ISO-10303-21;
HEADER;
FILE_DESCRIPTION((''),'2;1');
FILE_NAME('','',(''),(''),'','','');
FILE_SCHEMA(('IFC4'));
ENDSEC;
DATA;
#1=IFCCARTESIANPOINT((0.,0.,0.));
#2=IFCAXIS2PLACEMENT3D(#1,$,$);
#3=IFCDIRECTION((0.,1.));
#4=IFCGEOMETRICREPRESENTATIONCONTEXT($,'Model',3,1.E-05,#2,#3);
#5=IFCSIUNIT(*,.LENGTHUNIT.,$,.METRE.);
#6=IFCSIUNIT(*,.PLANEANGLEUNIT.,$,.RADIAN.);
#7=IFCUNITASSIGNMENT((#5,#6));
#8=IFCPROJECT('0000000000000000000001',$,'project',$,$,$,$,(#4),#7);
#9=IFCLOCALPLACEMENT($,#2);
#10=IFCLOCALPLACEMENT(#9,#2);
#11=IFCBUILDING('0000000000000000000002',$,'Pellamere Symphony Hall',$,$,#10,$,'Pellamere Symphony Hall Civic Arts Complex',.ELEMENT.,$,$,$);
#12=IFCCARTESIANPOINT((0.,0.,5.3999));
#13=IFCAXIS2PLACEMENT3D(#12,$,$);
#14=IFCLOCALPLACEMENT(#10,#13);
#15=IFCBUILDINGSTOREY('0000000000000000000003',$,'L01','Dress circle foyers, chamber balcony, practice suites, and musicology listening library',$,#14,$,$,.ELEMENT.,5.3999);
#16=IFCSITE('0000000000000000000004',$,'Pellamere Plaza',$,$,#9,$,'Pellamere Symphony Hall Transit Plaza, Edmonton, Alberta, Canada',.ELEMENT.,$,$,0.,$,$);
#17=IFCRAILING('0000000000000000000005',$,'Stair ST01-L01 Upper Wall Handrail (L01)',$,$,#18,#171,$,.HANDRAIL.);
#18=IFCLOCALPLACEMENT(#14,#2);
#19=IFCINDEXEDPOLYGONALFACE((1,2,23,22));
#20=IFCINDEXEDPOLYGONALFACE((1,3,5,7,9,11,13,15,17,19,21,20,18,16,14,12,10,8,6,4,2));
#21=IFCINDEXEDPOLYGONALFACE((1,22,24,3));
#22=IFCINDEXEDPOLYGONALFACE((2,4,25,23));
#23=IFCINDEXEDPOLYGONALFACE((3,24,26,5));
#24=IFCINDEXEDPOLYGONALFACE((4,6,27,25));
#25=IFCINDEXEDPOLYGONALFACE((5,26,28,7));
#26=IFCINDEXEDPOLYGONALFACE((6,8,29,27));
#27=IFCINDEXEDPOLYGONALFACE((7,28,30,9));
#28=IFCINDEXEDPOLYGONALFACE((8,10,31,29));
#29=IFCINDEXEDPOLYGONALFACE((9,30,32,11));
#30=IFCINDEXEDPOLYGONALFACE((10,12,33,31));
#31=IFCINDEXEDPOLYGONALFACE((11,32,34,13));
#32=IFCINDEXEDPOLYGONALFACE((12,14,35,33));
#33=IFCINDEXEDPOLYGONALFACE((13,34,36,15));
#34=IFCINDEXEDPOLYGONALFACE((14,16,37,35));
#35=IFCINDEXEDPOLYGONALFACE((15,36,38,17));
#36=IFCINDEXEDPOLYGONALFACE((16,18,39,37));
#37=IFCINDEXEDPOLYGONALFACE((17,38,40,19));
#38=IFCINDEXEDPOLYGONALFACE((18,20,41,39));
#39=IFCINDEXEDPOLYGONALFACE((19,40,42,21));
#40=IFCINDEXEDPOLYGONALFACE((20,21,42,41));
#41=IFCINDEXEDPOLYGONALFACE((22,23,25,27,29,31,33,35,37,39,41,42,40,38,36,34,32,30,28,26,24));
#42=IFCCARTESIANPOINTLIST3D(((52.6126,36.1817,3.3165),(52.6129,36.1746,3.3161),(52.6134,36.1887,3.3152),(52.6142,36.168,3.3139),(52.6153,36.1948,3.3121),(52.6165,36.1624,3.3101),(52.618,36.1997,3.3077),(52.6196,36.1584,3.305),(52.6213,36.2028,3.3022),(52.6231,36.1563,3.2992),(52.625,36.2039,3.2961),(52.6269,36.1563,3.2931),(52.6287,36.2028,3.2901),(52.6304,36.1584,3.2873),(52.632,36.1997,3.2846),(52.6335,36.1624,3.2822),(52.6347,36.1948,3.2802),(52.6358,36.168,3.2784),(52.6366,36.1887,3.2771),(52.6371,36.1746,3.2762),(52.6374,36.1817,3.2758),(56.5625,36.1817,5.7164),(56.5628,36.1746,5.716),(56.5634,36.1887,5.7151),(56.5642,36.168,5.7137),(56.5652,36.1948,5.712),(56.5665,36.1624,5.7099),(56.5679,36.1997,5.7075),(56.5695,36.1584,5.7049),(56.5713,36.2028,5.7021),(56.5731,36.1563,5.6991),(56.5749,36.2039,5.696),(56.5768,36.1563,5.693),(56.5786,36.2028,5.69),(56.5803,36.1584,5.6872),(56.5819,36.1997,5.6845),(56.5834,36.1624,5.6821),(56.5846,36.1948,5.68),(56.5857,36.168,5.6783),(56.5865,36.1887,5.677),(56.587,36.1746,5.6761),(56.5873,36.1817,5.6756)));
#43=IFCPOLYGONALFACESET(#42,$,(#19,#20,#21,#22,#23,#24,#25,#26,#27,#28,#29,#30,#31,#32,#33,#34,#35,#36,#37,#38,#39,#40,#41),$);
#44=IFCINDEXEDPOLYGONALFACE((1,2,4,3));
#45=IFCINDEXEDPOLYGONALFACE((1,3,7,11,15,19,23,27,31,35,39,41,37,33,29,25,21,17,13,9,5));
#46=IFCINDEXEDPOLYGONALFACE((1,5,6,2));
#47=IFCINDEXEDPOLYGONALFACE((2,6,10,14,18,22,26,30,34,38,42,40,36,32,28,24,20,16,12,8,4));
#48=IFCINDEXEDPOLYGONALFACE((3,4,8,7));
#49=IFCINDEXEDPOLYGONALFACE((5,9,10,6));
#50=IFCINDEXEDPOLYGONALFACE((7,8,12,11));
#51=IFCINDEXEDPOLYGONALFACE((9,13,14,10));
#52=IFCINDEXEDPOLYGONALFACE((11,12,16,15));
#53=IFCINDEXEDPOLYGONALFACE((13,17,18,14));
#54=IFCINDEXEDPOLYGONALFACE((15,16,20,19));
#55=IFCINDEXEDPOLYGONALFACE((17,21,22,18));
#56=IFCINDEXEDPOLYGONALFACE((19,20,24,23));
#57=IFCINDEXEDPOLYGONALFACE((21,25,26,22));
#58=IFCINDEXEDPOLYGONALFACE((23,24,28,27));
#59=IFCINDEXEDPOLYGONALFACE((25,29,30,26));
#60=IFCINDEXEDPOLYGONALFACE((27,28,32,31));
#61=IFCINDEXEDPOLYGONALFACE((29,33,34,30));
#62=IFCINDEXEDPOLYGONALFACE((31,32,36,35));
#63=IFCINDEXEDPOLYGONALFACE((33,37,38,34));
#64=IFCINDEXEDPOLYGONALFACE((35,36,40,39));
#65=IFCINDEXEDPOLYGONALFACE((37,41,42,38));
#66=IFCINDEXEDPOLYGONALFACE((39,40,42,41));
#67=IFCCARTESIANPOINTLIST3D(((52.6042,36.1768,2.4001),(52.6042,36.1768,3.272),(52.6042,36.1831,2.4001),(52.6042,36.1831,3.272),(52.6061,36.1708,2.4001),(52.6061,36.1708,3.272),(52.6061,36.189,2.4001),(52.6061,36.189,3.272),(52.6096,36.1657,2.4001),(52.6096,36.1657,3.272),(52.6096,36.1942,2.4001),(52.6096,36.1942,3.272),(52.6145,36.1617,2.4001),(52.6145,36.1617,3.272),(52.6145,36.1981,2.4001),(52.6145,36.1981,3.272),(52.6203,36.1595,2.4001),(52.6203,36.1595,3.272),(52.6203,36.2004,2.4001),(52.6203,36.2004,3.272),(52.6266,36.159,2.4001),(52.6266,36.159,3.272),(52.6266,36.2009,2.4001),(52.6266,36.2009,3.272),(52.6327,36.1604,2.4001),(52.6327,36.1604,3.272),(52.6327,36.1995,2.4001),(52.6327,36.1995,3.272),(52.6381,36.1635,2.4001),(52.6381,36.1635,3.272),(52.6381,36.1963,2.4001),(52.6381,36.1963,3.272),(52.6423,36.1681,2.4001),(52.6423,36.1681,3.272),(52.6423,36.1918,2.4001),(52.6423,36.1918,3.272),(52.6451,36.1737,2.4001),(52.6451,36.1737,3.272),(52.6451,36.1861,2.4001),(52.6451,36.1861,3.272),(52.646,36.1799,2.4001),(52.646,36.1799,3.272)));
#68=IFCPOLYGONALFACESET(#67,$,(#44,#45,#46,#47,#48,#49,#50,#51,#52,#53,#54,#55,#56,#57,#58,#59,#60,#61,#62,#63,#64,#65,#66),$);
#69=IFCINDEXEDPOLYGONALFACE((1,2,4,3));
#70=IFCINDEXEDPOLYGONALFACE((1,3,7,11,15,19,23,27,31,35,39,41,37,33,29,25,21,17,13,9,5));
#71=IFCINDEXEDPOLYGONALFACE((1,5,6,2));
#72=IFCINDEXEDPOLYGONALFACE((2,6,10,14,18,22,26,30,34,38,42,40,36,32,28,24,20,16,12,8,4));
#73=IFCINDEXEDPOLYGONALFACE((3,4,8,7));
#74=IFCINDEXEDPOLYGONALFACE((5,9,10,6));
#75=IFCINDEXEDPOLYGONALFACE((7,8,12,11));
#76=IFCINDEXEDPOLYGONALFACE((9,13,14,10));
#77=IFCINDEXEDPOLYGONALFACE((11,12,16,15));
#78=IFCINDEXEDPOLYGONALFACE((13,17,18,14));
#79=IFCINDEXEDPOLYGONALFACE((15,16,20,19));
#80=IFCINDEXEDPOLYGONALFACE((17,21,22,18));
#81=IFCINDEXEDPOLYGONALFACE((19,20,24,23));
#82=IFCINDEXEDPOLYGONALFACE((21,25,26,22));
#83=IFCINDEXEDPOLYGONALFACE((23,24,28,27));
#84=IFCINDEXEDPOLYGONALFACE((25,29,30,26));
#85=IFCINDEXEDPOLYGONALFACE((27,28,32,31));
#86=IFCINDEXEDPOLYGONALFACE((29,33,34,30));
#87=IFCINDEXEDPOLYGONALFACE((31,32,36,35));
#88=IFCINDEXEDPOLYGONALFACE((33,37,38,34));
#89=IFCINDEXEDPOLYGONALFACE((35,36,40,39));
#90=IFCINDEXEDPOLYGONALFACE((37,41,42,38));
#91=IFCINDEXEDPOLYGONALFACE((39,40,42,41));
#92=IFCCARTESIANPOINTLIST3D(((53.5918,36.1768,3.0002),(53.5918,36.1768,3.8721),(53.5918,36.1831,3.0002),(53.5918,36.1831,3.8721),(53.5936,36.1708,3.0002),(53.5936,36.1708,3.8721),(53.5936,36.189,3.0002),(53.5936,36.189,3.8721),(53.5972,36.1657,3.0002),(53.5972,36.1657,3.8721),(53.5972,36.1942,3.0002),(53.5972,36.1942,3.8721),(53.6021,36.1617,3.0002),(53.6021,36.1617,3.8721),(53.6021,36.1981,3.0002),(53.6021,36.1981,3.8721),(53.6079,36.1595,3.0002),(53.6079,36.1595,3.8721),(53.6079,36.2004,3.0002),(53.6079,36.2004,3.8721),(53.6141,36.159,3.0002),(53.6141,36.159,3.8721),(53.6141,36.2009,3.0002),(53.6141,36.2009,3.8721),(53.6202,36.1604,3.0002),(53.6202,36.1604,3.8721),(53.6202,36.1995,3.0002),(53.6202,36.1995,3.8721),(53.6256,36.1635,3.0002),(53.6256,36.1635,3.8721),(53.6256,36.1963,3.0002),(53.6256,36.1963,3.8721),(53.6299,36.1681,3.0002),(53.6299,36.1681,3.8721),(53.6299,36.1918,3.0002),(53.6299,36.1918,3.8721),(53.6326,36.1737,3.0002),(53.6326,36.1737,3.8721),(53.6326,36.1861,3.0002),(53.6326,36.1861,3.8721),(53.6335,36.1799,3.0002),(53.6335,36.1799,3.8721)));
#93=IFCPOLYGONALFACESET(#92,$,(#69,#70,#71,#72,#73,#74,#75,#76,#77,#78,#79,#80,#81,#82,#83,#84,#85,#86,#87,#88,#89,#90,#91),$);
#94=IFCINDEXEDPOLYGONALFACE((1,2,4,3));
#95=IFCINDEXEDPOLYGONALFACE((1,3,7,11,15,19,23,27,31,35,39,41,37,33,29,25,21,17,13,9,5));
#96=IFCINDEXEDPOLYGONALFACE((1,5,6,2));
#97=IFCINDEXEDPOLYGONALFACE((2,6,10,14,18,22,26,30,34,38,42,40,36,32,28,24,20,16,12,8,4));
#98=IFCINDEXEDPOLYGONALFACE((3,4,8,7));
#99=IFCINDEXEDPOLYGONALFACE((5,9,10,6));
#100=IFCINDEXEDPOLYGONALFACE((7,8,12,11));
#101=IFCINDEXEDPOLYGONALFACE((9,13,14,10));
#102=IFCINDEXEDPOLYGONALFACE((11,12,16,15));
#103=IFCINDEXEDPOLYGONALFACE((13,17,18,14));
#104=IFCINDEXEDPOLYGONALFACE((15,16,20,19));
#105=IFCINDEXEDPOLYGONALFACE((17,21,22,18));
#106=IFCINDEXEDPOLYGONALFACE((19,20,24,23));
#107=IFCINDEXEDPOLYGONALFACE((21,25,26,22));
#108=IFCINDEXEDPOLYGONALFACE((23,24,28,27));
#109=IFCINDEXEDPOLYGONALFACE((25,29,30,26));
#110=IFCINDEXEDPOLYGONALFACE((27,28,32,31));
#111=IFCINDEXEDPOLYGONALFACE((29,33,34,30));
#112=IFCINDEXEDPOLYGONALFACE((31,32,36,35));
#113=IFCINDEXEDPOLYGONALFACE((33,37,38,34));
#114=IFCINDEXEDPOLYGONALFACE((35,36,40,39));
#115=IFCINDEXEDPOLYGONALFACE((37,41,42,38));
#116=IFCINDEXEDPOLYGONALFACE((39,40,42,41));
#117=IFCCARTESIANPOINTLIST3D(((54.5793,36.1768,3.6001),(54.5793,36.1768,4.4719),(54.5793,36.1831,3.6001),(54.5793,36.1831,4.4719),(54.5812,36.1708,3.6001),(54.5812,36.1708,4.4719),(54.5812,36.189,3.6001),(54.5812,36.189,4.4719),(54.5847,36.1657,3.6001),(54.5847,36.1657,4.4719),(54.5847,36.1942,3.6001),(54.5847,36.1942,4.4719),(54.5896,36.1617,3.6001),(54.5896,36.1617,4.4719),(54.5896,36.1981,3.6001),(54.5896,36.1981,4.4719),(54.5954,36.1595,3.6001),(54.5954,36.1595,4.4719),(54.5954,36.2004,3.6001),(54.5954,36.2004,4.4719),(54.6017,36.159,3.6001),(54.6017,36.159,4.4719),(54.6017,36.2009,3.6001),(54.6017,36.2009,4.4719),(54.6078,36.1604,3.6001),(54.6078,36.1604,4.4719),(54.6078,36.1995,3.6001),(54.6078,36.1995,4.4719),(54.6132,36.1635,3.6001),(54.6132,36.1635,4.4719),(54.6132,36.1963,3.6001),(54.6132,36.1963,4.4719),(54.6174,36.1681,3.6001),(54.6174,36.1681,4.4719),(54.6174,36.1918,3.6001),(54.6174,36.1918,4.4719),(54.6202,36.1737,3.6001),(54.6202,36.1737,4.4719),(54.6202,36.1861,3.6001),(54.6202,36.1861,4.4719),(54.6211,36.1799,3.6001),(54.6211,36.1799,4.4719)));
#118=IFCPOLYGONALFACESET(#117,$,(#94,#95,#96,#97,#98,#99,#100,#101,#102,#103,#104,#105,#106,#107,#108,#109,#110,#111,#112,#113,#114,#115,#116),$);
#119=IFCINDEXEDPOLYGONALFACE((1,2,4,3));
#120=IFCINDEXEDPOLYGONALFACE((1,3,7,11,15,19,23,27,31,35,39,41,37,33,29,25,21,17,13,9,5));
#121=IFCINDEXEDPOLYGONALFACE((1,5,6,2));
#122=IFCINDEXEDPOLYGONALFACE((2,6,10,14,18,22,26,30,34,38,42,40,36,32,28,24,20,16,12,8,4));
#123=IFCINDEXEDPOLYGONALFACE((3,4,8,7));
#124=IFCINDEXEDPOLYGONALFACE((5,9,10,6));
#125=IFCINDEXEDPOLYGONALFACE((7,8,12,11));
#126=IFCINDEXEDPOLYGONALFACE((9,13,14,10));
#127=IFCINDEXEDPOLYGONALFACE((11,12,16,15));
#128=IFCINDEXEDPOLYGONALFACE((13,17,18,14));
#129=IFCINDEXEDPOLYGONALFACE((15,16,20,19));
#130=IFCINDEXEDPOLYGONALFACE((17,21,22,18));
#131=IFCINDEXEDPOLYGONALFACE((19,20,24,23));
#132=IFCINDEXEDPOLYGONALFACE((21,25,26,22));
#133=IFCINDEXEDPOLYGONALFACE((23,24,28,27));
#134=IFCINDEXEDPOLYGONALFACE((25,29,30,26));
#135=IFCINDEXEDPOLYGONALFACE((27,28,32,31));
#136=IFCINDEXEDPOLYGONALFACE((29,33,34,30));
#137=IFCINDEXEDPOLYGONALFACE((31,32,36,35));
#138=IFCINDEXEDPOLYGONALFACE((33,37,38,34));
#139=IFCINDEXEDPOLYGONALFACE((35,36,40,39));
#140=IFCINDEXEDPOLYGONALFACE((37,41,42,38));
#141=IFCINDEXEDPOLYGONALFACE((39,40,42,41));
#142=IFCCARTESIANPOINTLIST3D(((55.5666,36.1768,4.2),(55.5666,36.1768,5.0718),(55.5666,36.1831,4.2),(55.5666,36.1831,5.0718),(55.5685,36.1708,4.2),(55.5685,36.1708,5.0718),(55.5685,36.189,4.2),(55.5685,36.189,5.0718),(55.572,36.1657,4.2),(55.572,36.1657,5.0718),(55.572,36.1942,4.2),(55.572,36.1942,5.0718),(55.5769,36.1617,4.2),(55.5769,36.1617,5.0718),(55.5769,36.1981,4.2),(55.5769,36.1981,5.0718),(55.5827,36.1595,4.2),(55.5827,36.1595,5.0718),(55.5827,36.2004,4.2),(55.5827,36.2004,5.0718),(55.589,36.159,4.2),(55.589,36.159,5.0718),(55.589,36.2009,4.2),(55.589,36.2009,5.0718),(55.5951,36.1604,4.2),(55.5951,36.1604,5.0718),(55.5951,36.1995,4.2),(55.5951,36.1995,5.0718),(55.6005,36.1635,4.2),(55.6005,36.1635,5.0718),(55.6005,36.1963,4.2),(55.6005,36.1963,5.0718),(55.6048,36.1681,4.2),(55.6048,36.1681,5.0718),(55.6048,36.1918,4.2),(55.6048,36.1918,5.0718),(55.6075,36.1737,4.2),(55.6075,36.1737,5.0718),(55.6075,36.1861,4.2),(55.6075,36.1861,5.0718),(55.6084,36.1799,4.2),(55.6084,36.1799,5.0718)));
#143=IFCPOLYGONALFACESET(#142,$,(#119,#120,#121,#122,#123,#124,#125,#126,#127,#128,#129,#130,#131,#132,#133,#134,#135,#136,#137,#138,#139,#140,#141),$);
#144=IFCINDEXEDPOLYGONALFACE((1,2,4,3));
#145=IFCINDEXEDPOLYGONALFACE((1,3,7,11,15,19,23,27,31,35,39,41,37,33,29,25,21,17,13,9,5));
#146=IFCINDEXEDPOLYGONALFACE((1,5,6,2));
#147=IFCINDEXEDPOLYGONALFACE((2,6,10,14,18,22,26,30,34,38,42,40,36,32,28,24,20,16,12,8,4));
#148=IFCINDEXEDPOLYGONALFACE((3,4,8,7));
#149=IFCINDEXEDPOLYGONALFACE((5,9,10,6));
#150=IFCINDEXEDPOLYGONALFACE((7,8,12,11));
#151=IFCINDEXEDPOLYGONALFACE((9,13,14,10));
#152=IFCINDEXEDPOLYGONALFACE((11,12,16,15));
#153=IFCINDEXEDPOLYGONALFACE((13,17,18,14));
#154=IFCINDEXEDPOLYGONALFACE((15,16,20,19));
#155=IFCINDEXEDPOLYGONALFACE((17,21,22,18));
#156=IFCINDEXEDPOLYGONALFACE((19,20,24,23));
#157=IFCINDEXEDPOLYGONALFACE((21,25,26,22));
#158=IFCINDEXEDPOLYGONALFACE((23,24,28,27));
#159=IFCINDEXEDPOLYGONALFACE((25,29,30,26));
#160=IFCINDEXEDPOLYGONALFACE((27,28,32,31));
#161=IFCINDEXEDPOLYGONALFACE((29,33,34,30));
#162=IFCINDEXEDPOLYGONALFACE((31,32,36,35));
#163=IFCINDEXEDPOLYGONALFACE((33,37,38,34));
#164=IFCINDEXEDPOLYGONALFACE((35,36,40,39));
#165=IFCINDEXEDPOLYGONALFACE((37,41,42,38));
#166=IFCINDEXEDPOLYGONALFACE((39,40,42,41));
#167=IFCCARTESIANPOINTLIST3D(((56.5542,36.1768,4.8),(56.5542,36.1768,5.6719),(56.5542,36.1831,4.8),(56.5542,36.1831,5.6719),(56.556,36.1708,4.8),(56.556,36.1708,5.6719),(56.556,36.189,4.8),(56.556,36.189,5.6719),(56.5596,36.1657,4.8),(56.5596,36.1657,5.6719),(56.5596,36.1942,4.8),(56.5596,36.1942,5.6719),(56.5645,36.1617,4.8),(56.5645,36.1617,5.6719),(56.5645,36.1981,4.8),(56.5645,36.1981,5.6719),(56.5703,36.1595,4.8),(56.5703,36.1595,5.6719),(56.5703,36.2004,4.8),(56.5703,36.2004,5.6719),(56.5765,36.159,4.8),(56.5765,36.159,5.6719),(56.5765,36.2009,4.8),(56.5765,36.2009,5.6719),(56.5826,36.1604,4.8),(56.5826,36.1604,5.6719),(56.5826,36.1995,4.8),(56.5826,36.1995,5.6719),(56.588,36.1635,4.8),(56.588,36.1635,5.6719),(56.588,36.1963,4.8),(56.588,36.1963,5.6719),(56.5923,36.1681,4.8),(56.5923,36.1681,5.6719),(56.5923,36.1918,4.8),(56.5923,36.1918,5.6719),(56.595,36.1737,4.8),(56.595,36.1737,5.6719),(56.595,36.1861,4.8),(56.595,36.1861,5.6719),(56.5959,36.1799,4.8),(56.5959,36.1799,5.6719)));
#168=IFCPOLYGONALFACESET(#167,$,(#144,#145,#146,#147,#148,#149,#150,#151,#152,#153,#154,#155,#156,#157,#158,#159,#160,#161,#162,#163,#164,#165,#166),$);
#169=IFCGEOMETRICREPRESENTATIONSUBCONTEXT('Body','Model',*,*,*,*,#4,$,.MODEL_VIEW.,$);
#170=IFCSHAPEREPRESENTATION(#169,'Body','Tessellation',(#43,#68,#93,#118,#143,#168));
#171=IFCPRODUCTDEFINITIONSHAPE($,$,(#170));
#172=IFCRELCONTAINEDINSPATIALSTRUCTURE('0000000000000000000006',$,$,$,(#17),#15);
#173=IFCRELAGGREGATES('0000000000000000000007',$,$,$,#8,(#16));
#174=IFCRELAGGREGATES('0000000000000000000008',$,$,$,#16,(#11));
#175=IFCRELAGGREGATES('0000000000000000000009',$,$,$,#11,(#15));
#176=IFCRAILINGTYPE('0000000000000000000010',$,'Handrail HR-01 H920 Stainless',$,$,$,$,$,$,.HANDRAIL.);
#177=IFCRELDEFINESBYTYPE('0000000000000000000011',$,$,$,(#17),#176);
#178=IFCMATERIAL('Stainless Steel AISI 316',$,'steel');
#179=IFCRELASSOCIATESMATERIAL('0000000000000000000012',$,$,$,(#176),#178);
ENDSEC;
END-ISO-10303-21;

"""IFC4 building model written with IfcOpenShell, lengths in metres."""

from ifc_helpers import new_model, si_unit, direction, frame, origin, origin_2d, place, context, subcontext, project, spatial, circle, extrude, material, type_object, element, save


model = new_model("IFC4")

# Units and contexts
model_context = context("Model", 3, precision=1e-05, world=origin(), true_north=direction((0.0, 1.0)))
body_context = subcontext(model_context, "Body", "Model", "MODEL_VIEW")
ifc_project = project(units=[si_unit("LENGTHUNIT", "METRE"), si_unit("PLANEANGLEUNIT", "RADIAN")], contexts=[model_context])

# Site, building, storey
site_placement = place(None, origin())
site = spatial("IfcSite", under=ifc_project, at=site_placement, Name="Pellamere Plaza", LongName="Pellamere Symphony Hall Transit Plaza, Edmonton, Alberta, Canada", CompositionType="ELEMENT", RefElevation=0.0)
building_placement = place(site_placement, origin())
building = spatial("IfcBuilding", under=site, at=building_placement, Name="Pellamere Symphony Hall", LongName="Pellamere Symphony Hall Civic Arts Complex", CompositionType="ELEMENT")
storey_placement = place(building_placement, frame((0.0, 0.0, 5.3999)))
storey = spatial("IfcBuildingStorey", under=building, at=storey_placement, Name="L01", Description="Dress circle foyers, chamber balcony, practice suites, and musicology listening library", CompositionType="ELEMENT", Elevation=5.3999)

# Railing
ifc_material_1 = material(Name="Stainless Steel AISI 316", Category="steel")
railing_type_1 = type_object("IfcRailingType", Name="Handrail HR-01 H920 Stainless", PredefinedType="HANDRAIL", material=ifc_material_1)
railing_1_placement = place(storey_placement, frame((52.625, 36.1799, 2.4001)))
element("IfcRailing", 1, at=railing_1_placement, inside=storey, type_object=railing_type_1, Name="Stair ST01-L01 Upper Wall Handrail (L01)", PredefinedType="HANDRAIL", context=body_context, shape_type="SweptSolid", body=[
    extrude(circle(Radius=0.0239, at=origin_2d()), frame((0.0, 0.0, 0.896), z_axis=(0.854623, 0.0, 0.51925), x_axis=(0.0, 1.0, 0.0)), (0.0, 0.0, 1.0), 4.6218),
    extrude(circle(Radius=0.021, at=origin_2d()), origin(), (0.0, 0.0, 1.0), 0.8718),
    extrude(circle(Radius=0.021, at=origin_2d()), frame((0.9875, 0.0, 0.6001)), (0.0, 0.0, 1.0), 0.8718),
    extrude(circle(Radius=0.021, at=origin_2d()), frame((1.9751, 0.0, 1.2)), (0.0, 0.0, 1.0), 0.8718),
    extrude(circle(Radius=0.021, at=origin_2d()), frame((2.9624, 0.0, 1.7998)), (0.0, 0.0, 1.0), 0.8718),
    extrude(circle(Radius=0.021, at=origin_2d()), frame((3.95, 0.0, 2.3999)), (0.0, 0.0, 1.0), 0.8718),
])

save(model, "model.ifc")
